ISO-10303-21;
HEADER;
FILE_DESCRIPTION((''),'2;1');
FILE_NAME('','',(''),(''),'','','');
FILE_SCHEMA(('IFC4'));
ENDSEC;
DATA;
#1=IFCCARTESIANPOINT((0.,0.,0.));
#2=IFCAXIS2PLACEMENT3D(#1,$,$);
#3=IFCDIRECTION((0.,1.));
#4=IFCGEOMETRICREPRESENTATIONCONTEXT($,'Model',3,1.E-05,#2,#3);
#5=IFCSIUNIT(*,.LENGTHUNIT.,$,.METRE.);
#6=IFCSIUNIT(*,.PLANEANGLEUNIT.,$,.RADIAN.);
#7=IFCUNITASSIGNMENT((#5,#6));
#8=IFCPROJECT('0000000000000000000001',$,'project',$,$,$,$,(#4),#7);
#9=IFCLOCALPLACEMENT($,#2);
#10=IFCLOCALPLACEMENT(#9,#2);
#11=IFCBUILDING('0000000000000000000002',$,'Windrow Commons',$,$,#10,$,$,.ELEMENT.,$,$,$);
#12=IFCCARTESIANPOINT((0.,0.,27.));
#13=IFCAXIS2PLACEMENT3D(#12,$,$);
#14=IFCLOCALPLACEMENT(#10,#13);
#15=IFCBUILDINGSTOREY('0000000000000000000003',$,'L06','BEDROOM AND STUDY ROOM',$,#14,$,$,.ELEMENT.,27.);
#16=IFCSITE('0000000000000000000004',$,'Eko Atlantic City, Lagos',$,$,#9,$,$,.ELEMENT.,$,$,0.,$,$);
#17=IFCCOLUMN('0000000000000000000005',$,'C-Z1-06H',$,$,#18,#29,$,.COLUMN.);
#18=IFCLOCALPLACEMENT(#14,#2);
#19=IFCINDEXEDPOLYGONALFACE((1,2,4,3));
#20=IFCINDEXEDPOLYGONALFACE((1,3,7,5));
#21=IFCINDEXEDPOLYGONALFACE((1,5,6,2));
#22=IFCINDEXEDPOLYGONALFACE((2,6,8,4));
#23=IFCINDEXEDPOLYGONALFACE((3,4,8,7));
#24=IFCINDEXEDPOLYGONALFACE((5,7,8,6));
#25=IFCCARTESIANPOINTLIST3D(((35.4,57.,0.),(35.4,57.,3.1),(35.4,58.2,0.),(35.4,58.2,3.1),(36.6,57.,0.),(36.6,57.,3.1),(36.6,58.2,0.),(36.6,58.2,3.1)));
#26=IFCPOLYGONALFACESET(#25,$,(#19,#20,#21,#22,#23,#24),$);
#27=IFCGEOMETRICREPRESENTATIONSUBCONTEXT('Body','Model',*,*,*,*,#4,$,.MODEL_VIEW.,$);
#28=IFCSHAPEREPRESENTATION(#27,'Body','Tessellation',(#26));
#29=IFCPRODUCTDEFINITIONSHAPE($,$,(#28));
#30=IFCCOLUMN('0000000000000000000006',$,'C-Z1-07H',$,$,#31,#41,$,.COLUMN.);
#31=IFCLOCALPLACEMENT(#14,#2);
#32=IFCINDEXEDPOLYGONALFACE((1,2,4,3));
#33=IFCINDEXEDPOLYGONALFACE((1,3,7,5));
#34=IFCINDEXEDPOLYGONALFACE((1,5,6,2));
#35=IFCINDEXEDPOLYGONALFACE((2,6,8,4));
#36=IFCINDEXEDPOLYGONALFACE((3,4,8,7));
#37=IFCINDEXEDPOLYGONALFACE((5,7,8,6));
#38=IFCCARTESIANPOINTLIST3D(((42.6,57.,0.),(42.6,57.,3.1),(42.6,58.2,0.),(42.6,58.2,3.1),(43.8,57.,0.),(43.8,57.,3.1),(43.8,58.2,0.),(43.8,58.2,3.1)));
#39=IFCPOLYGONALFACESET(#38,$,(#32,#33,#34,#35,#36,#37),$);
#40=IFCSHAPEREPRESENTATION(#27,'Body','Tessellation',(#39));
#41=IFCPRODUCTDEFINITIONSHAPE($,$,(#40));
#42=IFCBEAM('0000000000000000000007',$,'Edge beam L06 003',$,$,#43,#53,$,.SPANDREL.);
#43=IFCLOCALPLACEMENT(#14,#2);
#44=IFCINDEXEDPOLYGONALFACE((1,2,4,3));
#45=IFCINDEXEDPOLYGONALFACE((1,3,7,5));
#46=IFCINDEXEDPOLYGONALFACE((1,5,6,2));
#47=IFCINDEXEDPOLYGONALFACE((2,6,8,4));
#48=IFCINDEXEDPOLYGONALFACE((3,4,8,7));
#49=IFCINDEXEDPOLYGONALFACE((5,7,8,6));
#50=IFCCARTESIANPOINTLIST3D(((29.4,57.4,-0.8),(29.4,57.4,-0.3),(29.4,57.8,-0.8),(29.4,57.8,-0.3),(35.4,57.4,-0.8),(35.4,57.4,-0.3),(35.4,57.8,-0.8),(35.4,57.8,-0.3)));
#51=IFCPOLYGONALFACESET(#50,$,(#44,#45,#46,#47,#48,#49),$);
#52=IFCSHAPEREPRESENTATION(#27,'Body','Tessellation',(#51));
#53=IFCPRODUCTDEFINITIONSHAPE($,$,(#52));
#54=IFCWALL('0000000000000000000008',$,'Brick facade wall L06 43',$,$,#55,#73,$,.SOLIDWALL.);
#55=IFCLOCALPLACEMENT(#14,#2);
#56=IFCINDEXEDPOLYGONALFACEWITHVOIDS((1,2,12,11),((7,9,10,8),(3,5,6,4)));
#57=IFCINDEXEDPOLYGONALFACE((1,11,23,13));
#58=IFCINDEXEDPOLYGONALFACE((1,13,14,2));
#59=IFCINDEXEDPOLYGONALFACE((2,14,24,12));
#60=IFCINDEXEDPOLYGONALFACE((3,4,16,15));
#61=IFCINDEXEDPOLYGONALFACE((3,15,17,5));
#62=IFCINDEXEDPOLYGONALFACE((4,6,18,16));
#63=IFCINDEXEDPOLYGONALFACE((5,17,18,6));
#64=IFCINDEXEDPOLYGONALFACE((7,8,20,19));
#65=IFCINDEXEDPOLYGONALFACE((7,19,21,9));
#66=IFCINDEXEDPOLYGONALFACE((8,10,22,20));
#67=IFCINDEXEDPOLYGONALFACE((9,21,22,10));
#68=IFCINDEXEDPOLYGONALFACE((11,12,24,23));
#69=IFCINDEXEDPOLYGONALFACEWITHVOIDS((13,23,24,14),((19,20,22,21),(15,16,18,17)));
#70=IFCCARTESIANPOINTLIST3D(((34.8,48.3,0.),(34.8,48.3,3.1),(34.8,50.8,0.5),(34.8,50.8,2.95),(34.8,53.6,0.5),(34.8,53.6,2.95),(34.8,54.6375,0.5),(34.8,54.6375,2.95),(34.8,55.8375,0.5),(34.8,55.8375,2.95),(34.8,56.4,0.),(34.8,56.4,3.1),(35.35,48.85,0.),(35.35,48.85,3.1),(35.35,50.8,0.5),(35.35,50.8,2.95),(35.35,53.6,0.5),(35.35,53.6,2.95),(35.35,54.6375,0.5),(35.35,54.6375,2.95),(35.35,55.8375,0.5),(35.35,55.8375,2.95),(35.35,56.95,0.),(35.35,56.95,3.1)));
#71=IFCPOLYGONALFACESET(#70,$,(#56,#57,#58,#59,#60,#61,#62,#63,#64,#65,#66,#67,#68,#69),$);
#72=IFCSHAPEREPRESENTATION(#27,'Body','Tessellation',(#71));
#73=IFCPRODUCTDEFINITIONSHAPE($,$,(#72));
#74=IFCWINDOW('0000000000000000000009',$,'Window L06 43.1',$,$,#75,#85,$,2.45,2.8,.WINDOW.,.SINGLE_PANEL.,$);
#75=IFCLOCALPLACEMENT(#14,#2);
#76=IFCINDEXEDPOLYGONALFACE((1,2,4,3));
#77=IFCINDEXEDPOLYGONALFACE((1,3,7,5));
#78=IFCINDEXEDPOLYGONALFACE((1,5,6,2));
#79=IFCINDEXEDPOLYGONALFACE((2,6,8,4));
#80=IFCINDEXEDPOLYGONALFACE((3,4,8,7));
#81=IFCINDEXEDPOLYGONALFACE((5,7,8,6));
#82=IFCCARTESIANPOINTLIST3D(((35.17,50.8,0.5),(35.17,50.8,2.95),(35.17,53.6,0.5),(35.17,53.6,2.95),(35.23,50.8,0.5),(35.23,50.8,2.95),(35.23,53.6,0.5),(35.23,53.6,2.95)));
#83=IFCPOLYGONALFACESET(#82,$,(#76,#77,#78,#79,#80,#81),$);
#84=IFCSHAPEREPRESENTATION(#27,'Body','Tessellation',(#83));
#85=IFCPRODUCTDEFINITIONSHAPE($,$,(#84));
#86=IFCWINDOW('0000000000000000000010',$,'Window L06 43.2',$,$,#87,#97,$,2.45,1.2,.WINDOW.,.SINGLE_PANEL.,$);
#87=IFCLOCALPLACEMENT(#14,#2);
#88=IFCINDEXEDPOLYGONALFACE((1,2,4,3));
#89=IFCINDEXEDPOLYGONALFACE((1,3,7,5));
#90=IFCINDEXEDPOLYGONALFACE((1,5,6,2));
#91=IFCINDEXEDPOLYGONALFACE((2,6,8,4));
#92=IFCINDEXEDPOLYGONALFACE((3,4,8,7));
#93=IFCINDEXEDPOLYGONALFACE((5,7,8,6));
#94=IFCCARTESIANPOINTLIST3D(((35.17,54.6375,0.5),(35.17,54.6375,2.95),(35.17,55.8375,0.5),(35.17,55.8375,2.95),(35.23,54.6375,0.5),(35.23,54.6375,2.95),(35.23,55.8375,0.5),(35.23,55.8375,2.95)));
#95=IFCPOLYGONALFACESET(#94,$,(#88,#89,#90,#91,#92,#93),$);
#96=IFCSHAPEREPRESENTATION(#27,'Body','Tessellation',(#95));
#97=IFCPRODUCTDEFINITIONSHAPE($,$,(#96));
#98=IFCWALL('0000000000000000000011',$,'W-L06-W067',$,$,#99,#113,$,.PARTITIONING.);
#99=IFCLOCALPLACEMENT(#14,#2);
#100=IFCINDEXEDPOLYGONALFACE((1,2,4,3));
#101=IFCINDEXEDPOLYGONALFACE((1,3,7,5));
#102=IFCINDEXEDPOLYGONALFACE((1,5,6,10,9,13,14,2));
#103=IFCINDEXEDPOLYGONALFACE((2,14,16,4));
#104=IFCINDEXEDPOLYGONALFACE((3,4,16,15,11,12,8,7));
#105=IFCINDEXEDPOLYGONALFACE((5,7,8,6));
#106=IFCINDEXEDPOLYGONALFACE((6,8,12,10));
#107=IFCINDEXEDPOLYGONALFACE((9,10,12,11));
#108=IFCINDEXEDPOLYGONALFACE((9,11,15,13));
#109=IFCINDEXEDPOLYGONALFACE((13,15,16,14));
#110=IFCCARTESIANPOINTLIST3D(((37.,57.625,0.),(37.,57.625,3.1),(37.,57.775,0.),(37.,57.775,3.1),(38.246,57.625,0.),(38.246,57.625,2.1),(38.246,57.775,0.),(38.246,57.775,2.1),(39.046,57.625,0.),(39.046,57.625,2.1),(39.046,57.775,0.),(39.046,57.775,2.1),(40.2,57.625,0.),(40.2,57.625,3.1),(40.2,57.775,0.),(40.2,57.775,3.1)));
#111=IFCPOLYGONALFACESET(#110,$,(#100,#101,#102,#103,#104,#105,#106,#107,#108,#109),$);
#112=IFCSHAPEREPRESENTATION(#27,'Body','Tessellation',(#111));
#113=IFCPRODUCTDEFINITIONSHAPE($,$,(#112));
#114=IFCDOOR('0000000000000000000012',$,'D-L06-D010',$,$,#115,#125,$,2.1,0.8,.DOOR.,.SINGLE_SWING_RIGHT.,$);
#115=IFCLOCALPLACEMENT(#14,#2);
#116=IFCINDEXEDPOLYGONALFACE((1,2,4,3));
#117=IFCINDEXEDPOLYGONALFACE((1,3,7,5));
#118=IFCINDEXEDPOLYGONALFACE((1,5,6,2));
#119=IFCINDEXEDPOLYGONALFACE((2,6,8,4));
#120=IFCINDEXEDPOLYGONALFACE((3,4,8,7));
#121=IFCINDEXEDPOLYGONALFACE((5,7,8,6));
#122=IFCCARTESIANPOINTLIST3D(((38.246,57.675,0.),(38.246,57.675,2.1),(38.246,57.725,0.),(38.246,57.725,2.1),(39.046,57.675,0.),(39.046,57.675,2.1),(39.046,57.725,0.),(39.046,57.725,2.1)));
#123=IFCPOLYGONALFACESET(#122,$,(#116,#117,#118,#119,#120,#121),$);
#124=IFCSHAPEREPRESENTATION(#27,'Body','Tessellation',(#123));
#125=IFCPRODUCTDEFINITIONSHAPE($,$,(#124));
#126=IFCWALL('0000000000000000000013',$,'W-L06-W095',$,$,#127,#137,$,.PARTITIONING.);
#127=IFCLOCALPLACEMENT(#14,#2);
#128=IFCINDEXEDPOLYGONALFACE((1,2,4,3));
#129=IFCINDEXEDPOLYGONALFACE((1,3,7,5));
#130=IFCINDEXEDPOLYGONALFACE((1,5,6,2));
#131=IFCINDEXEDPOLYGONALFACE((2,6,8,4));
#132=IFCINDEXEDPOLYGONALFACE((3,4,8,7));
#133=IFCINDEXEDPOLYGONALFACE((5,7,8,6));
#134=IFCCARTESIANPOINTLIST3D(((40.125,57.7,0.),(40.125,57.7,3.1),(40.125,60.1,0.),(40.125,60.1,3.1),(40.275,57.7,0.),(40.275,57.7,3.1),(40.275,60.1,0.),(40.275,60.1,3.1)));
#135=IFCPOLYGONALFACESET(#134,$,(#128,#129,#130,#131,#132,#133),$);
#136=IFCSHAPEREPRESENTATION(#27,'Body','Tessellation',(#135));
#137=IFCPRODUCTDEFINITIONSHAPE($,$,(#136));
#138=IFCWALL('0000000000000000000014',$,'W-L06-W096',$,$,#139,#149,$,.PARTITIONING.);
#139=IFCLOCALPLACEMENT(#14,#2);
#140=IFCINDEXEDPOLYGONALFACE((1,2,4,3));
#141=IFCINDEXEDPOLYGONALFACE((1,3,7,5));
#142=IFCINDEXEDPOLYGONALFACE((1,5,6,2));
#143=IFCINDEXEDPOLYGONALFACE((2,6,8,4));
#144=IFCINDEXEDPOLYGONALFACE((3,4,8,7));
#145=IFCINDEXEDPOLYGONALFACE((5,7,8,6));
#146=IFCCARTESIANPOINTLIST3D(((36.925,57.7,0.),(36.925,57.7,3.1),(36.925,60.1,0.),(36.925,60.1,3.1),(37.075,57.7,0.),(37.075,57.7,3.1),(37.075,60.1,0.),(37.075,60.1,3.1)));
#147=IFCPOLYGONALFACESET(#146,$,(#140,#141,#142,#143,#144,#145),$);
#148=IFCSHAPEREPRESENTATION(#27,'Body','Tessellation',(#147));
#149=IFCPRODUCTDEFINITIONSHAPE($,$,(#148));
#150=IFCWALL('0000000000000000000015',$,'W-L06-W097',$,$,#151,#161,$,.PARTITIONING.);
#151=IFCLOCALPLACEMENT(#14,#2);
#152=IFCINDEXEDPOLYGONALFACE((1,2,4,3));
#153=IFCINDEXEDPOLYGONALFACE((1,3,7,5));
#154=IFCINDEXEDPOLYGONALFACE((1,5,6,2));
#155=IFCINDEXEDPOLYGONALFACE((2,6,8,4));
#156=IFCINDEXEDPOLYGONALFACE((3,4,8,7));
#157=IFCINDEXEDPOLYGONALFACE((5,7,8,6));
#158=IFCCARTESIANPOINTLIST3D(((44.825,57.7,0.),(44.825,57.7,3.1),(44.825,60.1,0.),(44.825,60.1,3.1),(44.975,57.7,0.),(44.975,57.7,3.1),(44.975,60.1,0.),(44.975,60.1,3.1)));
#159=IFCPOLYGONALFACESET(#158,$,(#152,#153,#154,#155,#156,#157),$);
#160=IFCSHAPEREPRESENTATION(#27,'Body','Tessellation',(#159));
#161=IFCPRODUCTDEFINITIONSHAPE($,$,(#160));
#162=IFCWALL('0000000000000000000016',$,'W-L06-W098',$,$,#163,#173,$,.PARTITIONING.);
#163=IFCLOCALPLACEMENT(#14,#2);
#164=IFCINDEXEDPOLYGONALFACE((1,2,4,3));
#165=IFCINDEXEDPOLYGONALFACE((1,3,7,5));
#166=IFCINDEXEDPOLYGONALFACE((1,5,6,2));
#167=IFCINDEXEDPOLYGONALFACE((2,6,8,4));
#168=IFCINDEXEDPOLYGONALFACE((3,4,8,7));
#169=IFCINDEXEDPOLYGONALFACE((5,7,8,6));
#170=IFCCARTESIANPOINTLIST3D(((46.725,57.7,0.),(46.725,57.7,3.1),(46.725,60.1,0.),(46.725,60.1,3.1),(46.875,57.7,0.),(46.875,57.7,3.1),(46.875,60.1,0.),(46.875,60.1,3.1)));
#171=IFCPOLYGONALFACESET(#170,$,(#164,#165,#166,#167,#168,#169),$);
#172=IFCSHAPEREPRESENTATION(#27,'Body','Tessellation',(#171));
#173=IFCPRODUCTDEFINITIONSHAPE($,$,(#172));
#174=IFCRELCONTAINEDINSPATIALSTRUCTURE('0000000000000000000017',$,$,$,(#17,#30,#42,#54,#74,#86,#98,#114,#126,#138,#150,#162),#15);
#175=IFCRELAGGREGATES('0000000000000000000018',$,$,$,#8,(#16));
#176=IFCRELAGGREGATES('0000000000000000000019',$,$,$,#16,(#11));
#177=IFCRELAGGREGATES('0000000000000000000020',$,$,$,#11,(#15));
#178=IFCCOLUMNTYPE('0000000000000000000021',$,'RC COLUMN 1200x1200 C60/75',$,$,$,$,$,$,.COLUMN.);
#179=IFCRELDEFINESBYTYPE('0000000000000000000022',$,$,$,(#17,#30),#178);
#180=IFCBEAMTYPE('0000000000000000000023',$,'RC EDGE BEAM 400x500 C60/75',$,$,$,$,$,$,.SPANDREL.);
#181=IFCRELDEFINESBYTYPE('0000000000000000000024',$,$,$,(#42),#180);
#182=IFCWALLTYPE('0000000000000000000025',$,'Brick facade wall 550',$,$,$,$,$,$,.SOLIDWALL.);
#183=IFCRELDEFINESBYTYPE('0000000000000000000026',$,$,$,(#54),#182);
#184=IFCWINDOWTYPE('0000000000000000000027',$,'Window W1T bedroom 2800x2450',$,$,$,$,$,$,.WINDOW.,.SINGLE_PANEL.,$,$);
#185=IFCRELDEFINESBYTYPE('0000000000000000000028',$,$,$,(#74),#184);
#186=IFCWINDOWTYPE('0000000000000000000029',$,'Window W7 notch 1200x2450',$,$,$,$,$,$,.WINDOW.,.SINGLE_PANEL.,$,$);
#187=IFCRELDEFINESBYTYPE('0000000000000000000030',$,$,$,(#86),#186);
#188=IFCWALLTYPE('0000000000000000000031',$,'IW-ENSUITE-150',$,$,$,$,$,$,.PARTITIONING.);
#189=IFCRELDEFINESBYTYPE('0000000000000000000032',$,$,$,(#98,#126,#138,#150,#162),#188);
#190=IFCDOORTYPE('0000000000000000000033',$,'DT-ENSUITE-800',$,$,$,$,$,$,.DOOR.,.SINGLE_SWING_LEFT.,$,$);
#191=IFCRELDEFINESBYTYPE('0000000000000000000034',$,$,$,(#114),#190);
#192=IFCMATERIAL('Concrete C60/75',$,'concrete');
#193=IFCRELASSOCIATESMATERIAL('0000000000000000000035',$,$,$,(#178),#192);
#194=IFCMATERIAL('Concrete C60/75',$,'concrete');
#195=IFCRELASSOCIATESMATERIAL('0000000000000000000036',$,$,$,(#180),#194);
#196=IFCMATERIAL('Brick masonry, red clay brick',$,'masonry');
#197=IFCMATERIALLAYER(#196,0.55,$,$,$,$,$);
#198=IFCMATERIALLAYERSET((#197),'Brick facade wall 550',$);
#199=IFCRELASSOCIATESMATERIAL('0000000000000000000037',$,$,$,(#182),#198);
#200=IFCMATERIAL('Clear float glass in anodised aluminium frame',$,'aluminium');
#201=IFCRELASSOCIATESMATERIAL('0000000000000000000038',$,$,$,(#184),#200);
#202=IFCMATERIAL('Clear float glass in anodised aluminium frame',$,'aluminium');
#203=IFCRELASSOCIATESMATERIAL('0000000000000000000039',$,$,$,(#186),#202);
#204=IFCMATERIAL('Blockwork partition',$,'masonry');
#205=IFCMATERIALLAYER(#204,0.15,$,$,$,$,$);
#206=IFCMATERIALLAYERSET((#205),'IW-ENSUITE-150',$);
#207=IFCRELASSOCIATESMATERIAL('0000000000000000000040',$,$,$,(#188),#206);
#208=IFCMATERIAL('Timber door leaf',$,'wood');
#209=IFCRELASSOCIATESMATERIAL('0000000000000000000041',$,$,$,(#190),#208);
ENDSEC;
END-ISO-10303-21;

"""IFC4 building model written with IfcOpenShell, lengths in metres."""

from ifc_helpers import new_model, si_unit, direction, frame, frame_2d, origin, origin_2d, place, context, subcontext, project, spatial, polyline, rectangle, outline, extrude, material, layer, layer_set, material_profile, profile_set, type_object, element, fill, save


model = new_model("IFC4")

# Units and contexts
model_context = context("Model", 3, precision=1e-05, world=origin(), true_north=direction((0.0, 1.0)))
body_context = subcontext(model_context, "Body", "Model", "MODEL_VIEW")
ifc_project = project(units=[si_unit("LENGTHUNIT", "METRE"), si_unit("PLANEANGLEUNIT", "RADIAN")], contexts=[model_context])

# Site, building, storey
site_placement = place(None, origin())
site = spatial("IfcSite", under=ifc_project, at=site_placement, Name="Eko Atlantic City, Lagos", CompositionType="ELEMENT", RefElevation=0.0)
building_placement = place(site_placement, origin())
building = spatial("IfcBuilding", under=site, at=building_placement, Name="Windrow Commons", CompositionType="ELEMENT")
storey_placement = place(building_placement, frame((0.0, 0.0, 27.0)))
storey = spatial("IfcBuildingStorey", under=building, at=storey_placement, Name="L06", Description="BEDROOM AND STUDY ROOM", CompositionType="ELEMENT", Elevation=27.0)

# Columns
ifc_material_1 = material(Name="Concrete C60/75", Category="concrete")
ifc_material_profile_1 = material_profile(ifc_material_1, rectangle(XDim=1.2, YDim=1.2, at=origin_2d()))
ifc_profile_set_1 = profile_set([ifc_material_profile_1], Name="Concrete C60/75")
column_type = type_object("IfcColumnType", Name="RC COLUMN 1200x1200 C60/75", PredefinedType="COLUMN", material=ifc_profile_set_1)
for number, where, z_axis, x_axis, name in (
    (1, (36.0, 57.6, 0.0), (0.0, 0.0, 1.0), (1.0, 0.0, 0.0), "C-Z1-06H"),
    (2, (43.2, 57.6, 0.0), (0.0, 0.0, 1.0), (1.0, 0.0, 0.0), "C-Z1-07H"),
):
    element("IfcColumn", number, at=place(storey_placement, frame(where, z_axis=z_axis, x_axis=x_axis)), inside=storey, type_object=column_type, Name=name, PredefinedType="COLUMN", context=body_context, shape_type="SweptSolid", body=[
        extrude(rectangle(XDim=1.2, YDim=1.2, at=origin_2d()), origin(), (0.0, 0.0, 1.0), 3.1),
    ])

# Beam
ifc_material_2 = material(Name="Concrete C60/75", Category="concrete")
ifc_material_profile_2 = material_profile(ifc_material_2, rectangle(XDim=0.4, YDim=0.5, at=origin_2d()))
ifc_profile_set_2 = profile_set([ifc_material_profile_2], Name="Concrete C60/75")
beam_type = type_object("IfcBeamType", Name="RC EDGE BEAM 400x500 C60/75", PredefinedType="SPANDREL", material=ifc_profile_set_2)
beam_placement = place(storey_placement, frame((35.4, 57.6, -0.55), z_axis=(-1.0, 0.0, 0.0), x_axis=(0.0, -1.0, 0.0)))
element("IfcBeam", 3, at=beam_placement, inside=storey, type_object=beam_type, Name="Edge beam L06 003", PredefinedType="SPANDREL", context=body_context, shape_type="SweptSolid", body=[
    extrude(rectangle(XDim=0.4, YDim=0.5, at=origin_2d()), origin(), (0.0, 0.0, 1.0), 6.0),
])

# Wall, openings, windows
ifc_material_3 = material(Name="Brick masonry, red clay brick", Category="masonry")
ifc_layer_1 = layer(ifc_material_3, 0.55)
ifc_layer_set_1 = layer_set([ifc_layer_1], Name="Brick facade wall 550")
wall_type_1 = type_object("IfcWallType", Name="Brick facade wall 550", PredefinedType="SOLIDWALL", material=ifc_layer_set_1)
wall_1_placement = place(storey_placement, frame((35.075, 56.675, 0.0), z_axis=(0.0, 0.0, 1.0), x_axis=(0.0, -1.0, 0.0)))
wall_1 = element("IfcWall", 4, at=wall_1_placement, inside=storey, type_object=wall_type_1, Name="Brick facade wall L06 43", PredefinedType="SOLIDWALL", context=body_context, shape_type="SweptSolid", body=[
    extrude(outline(polyline([(0.275, -0.275), (8.375, -0.275), (7.825, 0.275), (-0.275, 0.275), (0.275, -0.275)])), origin(), (0.0, 0.0, 1.0), 3.1),
])
opening_1_placement = place(wall_1_placement, frame((3.075, 0.0, 0.5)))
opening_1 = element("IfcOpeningElement", 5, at=opening_1_placement, cuts=wall_1, PredefinedType="OPENING", context=body_context, shape_type="SweptSolid", body=[
    extrude(rectangle(XDim=2.8, YDim=2.45, at=frame_2d((1.4, 1.225))), frame((0.0, 0.285, 0.0), z_axis=(0.0, -1.0, 0.0), x_axis=(1.0, 0.0, 0.0)), (0.0, 0.0, 1.0), 0.57),
])
opening_2_placement = place(wall_1_placement, frame((0.8375, 0.0, 0.5)))
opening_2 = element("IfcOpeningElement", 6, at=opening_2_placement, cuts=wall_1, PredefinedType="OPENING", context=body_context, shape_type="SweptSolid", body=[
    extrude(rectangle(XDim=1.2, YDim=2.45, at=frame_2d((0.6, 1.225))), frame((0.0, 0.285, 0.0), z_axis=(0.0, -1.0, 0.0), x_axis=(1.0, 0.0, 0.0)), (0.0, 0.0, 1.0), 0.57),
])
ifc_material_4 = material(Name="Clear float glass in anodised aluminium frame", Category="aluminium")
window_type_1 = type_object("IfcWindowType", Name="Window W1T bedroom 2800x2450", PartitioningType="SINGLE_PANEL", PredefinedType="WINDOW", material=ifc_material_4)
window_1_placement = place(opening_1_placement, origin())
window_1 = element("IfcWindow", 7, at=window_1_placement, inside=storey, type_object=window_type_1, Name="Window L06 43.1", OverallHeight=2.45, OverallWidth=2.8, PartitioningType="SINGLE_PANEL", PredefinedType="WINDOW", context=body_context, shape_type="SweptSolid", body=[
    extrude(rectangle(XDim=2.8, YDim=2.45, at=frame_2d((1.4, 1.225))), frame((0.0, 0.155, 0.0), z_axis=(0.0, -1.0, 0.0), x_axis=(1.0, 0.0, 0.0)), (0.0, 0.0, 1.0), 0.06),
])
fill(opening_1, window_1)
ifc_material_5 = material(Name="Clear float glass in anodised aluminium frame", Category="aluminium")
window_type_2 = type_object("IfcWindowType", Name="Window W7 notch 1200x2450", PartitioningType="SINGLE_PANEL", PredefinedType="WINDOW", material=ifc_material_5)
window_2_placement = place(opening_2_placement, origin())
window_2 = element("IfcWindow", 8, at=window_2_placement, inside=storey, type_object=window_type_2, Name="Window L06 43.2", OverallHeight=2.45, OverallWidth=1.2, PartitioningType="SINGLE_PANEL", PredefinedType="WINDOW", context=body_context, shape_type="SweptSolid", body=[
    extrude(rectangle(XDim=1.2, YDim=2.45, at=frame_2d((0.6, 1.225))), frame((0.0, 0.155, 0.0), z_axis=(0.0, -1.0, 0.0), x_axis=(1.0, 0.0, 0.0)), (0.0, 0.0, 1.0), 0.06),
])
fill(opening_2, window_2)

# Wall, opening, door
ifc_material_6 = material(Name="Blockwork partition", Category="masonry")
ifc_layer_2 = layer(ifc_material_6, 0.15)
ifc_layer_set_2 = layer_set([ifc_layer_2], Name="IW-ENSUITE-150")
wall_type_2 = type_object("IfcWallType", Name="IW-ENSUITE-150", PredefinedType="PARTITIONING", material=ifc_layer_set_2)
wall_2_placement = place(storey_placement, frame((37.0, 57.7, 0.0), z_axis=(0.0, 0.0, 1.0), x_axis=(1.0, 0.0, 0.0)))
wall_2 = element("IfcWall", 9, at=wall_2_placement, inside=storey, type_object=wall_type_2, Name="W-L06-W067", PredefinedType="PARTITIONING", context=body_context, shape_type="SweptSolid", body=[
    extrude(rectangle(XDim=3.2, YDim=0.15, at=frame_2d((1.6, 0.0))), origin(), (0.0, 0.0, 1.0), 3.1),
])
opening_3_placement = place(wall_2_placement, frame((1.246, 0.0, 0.0)))
opening_3 = element("IfcOpeningElement", 10, at=opening_3_placement, cuts=wall_2, PredefinedType="OPENING", context=body_context, shape_type="SweptSolid", body=[
    extrude(rectangle(XDim=0.8, YDim=2.1, at=frame_2d((0.4, 1.05))), frame((0.0, 0.085, 0.0), z_axis=(0.0, -1.0, 0.0), x_axis=(1.0, 0.0, 0.0)), (0.0, 0.0, 1.0), 0.17),
])
ifc_material_7 = material(Name="Timber door leaf", Category="wood")
door_type = type_object("IfcDoorType", Name="DT-ENSUITE-800", OperationType="SINGLE_SWING_LEFT", PredefinedType="DOOR", material=ifc_material_7)
door_1_placement = place(opening_3_placement, origin())
door_1 = element("IfcDoor", 11, at=door_1_placement, inside=storey, type_object=door_type, Name="D-L06-D010", OperationType="SINGLE_SWING_RIGHT", OverallHeight=2.1, OverallWidth=0.8, PredefinedType="DOOR", context=body_context, shape_type="SweptSolid", body=[
    extrude(rectangle(XDim=0.8, YDim=2.1, at=frame_2d((0.4, 1.05))), frame((0.0, 0.025, 0.0), z_axis=(0.0, -1.0, 0.0), x_axis=(1.0, 0.0, 0.0)), (0.0, 0.0, 1.0), 0.05),
])
fill(opening_3, door_1)

# Walls
for number, where, z_axis, x_axis, name in (
    (12, (40.2, 57.7, 0.0), (0.0, 0.0, 1.0), (0.0, 1.0, 0.0), "W-L06-W095"),
    (13, (37.0, 57.7, 0.0), (0.0, 0.0, 1.0), (0.0, 1.0, 0.0), "W-L06-W096"),
    (14, (44.9, 57.7, 0.0), (0.0, 0.0, 1.0), (0.0, 1.0, 0.0), "W-L06-W097"),
    (15, (46.8, 57.7, 0.0), (0.0, 0.0, 1.0), (0.0, 1.0, 0.0), "W-L06-W098"),
):
    element("IfcWall", number, at=place(storey_placement, frame(where, z_axis=z_axis, x_axis=x_axis)), inside=storey, type_object=wall_type_2, Name=name, PredefinedType="PARTITIONING", context=body_context, shape_type="SweptSolid", body=[
        extrude(rectangle(XDim=2.4, YDim=0.15, at=frame_2d((1.2, 0.0))), origin(), (0.0, 0.0, 1.0), 3.1),
    ])

save(model, "model.ifc")
